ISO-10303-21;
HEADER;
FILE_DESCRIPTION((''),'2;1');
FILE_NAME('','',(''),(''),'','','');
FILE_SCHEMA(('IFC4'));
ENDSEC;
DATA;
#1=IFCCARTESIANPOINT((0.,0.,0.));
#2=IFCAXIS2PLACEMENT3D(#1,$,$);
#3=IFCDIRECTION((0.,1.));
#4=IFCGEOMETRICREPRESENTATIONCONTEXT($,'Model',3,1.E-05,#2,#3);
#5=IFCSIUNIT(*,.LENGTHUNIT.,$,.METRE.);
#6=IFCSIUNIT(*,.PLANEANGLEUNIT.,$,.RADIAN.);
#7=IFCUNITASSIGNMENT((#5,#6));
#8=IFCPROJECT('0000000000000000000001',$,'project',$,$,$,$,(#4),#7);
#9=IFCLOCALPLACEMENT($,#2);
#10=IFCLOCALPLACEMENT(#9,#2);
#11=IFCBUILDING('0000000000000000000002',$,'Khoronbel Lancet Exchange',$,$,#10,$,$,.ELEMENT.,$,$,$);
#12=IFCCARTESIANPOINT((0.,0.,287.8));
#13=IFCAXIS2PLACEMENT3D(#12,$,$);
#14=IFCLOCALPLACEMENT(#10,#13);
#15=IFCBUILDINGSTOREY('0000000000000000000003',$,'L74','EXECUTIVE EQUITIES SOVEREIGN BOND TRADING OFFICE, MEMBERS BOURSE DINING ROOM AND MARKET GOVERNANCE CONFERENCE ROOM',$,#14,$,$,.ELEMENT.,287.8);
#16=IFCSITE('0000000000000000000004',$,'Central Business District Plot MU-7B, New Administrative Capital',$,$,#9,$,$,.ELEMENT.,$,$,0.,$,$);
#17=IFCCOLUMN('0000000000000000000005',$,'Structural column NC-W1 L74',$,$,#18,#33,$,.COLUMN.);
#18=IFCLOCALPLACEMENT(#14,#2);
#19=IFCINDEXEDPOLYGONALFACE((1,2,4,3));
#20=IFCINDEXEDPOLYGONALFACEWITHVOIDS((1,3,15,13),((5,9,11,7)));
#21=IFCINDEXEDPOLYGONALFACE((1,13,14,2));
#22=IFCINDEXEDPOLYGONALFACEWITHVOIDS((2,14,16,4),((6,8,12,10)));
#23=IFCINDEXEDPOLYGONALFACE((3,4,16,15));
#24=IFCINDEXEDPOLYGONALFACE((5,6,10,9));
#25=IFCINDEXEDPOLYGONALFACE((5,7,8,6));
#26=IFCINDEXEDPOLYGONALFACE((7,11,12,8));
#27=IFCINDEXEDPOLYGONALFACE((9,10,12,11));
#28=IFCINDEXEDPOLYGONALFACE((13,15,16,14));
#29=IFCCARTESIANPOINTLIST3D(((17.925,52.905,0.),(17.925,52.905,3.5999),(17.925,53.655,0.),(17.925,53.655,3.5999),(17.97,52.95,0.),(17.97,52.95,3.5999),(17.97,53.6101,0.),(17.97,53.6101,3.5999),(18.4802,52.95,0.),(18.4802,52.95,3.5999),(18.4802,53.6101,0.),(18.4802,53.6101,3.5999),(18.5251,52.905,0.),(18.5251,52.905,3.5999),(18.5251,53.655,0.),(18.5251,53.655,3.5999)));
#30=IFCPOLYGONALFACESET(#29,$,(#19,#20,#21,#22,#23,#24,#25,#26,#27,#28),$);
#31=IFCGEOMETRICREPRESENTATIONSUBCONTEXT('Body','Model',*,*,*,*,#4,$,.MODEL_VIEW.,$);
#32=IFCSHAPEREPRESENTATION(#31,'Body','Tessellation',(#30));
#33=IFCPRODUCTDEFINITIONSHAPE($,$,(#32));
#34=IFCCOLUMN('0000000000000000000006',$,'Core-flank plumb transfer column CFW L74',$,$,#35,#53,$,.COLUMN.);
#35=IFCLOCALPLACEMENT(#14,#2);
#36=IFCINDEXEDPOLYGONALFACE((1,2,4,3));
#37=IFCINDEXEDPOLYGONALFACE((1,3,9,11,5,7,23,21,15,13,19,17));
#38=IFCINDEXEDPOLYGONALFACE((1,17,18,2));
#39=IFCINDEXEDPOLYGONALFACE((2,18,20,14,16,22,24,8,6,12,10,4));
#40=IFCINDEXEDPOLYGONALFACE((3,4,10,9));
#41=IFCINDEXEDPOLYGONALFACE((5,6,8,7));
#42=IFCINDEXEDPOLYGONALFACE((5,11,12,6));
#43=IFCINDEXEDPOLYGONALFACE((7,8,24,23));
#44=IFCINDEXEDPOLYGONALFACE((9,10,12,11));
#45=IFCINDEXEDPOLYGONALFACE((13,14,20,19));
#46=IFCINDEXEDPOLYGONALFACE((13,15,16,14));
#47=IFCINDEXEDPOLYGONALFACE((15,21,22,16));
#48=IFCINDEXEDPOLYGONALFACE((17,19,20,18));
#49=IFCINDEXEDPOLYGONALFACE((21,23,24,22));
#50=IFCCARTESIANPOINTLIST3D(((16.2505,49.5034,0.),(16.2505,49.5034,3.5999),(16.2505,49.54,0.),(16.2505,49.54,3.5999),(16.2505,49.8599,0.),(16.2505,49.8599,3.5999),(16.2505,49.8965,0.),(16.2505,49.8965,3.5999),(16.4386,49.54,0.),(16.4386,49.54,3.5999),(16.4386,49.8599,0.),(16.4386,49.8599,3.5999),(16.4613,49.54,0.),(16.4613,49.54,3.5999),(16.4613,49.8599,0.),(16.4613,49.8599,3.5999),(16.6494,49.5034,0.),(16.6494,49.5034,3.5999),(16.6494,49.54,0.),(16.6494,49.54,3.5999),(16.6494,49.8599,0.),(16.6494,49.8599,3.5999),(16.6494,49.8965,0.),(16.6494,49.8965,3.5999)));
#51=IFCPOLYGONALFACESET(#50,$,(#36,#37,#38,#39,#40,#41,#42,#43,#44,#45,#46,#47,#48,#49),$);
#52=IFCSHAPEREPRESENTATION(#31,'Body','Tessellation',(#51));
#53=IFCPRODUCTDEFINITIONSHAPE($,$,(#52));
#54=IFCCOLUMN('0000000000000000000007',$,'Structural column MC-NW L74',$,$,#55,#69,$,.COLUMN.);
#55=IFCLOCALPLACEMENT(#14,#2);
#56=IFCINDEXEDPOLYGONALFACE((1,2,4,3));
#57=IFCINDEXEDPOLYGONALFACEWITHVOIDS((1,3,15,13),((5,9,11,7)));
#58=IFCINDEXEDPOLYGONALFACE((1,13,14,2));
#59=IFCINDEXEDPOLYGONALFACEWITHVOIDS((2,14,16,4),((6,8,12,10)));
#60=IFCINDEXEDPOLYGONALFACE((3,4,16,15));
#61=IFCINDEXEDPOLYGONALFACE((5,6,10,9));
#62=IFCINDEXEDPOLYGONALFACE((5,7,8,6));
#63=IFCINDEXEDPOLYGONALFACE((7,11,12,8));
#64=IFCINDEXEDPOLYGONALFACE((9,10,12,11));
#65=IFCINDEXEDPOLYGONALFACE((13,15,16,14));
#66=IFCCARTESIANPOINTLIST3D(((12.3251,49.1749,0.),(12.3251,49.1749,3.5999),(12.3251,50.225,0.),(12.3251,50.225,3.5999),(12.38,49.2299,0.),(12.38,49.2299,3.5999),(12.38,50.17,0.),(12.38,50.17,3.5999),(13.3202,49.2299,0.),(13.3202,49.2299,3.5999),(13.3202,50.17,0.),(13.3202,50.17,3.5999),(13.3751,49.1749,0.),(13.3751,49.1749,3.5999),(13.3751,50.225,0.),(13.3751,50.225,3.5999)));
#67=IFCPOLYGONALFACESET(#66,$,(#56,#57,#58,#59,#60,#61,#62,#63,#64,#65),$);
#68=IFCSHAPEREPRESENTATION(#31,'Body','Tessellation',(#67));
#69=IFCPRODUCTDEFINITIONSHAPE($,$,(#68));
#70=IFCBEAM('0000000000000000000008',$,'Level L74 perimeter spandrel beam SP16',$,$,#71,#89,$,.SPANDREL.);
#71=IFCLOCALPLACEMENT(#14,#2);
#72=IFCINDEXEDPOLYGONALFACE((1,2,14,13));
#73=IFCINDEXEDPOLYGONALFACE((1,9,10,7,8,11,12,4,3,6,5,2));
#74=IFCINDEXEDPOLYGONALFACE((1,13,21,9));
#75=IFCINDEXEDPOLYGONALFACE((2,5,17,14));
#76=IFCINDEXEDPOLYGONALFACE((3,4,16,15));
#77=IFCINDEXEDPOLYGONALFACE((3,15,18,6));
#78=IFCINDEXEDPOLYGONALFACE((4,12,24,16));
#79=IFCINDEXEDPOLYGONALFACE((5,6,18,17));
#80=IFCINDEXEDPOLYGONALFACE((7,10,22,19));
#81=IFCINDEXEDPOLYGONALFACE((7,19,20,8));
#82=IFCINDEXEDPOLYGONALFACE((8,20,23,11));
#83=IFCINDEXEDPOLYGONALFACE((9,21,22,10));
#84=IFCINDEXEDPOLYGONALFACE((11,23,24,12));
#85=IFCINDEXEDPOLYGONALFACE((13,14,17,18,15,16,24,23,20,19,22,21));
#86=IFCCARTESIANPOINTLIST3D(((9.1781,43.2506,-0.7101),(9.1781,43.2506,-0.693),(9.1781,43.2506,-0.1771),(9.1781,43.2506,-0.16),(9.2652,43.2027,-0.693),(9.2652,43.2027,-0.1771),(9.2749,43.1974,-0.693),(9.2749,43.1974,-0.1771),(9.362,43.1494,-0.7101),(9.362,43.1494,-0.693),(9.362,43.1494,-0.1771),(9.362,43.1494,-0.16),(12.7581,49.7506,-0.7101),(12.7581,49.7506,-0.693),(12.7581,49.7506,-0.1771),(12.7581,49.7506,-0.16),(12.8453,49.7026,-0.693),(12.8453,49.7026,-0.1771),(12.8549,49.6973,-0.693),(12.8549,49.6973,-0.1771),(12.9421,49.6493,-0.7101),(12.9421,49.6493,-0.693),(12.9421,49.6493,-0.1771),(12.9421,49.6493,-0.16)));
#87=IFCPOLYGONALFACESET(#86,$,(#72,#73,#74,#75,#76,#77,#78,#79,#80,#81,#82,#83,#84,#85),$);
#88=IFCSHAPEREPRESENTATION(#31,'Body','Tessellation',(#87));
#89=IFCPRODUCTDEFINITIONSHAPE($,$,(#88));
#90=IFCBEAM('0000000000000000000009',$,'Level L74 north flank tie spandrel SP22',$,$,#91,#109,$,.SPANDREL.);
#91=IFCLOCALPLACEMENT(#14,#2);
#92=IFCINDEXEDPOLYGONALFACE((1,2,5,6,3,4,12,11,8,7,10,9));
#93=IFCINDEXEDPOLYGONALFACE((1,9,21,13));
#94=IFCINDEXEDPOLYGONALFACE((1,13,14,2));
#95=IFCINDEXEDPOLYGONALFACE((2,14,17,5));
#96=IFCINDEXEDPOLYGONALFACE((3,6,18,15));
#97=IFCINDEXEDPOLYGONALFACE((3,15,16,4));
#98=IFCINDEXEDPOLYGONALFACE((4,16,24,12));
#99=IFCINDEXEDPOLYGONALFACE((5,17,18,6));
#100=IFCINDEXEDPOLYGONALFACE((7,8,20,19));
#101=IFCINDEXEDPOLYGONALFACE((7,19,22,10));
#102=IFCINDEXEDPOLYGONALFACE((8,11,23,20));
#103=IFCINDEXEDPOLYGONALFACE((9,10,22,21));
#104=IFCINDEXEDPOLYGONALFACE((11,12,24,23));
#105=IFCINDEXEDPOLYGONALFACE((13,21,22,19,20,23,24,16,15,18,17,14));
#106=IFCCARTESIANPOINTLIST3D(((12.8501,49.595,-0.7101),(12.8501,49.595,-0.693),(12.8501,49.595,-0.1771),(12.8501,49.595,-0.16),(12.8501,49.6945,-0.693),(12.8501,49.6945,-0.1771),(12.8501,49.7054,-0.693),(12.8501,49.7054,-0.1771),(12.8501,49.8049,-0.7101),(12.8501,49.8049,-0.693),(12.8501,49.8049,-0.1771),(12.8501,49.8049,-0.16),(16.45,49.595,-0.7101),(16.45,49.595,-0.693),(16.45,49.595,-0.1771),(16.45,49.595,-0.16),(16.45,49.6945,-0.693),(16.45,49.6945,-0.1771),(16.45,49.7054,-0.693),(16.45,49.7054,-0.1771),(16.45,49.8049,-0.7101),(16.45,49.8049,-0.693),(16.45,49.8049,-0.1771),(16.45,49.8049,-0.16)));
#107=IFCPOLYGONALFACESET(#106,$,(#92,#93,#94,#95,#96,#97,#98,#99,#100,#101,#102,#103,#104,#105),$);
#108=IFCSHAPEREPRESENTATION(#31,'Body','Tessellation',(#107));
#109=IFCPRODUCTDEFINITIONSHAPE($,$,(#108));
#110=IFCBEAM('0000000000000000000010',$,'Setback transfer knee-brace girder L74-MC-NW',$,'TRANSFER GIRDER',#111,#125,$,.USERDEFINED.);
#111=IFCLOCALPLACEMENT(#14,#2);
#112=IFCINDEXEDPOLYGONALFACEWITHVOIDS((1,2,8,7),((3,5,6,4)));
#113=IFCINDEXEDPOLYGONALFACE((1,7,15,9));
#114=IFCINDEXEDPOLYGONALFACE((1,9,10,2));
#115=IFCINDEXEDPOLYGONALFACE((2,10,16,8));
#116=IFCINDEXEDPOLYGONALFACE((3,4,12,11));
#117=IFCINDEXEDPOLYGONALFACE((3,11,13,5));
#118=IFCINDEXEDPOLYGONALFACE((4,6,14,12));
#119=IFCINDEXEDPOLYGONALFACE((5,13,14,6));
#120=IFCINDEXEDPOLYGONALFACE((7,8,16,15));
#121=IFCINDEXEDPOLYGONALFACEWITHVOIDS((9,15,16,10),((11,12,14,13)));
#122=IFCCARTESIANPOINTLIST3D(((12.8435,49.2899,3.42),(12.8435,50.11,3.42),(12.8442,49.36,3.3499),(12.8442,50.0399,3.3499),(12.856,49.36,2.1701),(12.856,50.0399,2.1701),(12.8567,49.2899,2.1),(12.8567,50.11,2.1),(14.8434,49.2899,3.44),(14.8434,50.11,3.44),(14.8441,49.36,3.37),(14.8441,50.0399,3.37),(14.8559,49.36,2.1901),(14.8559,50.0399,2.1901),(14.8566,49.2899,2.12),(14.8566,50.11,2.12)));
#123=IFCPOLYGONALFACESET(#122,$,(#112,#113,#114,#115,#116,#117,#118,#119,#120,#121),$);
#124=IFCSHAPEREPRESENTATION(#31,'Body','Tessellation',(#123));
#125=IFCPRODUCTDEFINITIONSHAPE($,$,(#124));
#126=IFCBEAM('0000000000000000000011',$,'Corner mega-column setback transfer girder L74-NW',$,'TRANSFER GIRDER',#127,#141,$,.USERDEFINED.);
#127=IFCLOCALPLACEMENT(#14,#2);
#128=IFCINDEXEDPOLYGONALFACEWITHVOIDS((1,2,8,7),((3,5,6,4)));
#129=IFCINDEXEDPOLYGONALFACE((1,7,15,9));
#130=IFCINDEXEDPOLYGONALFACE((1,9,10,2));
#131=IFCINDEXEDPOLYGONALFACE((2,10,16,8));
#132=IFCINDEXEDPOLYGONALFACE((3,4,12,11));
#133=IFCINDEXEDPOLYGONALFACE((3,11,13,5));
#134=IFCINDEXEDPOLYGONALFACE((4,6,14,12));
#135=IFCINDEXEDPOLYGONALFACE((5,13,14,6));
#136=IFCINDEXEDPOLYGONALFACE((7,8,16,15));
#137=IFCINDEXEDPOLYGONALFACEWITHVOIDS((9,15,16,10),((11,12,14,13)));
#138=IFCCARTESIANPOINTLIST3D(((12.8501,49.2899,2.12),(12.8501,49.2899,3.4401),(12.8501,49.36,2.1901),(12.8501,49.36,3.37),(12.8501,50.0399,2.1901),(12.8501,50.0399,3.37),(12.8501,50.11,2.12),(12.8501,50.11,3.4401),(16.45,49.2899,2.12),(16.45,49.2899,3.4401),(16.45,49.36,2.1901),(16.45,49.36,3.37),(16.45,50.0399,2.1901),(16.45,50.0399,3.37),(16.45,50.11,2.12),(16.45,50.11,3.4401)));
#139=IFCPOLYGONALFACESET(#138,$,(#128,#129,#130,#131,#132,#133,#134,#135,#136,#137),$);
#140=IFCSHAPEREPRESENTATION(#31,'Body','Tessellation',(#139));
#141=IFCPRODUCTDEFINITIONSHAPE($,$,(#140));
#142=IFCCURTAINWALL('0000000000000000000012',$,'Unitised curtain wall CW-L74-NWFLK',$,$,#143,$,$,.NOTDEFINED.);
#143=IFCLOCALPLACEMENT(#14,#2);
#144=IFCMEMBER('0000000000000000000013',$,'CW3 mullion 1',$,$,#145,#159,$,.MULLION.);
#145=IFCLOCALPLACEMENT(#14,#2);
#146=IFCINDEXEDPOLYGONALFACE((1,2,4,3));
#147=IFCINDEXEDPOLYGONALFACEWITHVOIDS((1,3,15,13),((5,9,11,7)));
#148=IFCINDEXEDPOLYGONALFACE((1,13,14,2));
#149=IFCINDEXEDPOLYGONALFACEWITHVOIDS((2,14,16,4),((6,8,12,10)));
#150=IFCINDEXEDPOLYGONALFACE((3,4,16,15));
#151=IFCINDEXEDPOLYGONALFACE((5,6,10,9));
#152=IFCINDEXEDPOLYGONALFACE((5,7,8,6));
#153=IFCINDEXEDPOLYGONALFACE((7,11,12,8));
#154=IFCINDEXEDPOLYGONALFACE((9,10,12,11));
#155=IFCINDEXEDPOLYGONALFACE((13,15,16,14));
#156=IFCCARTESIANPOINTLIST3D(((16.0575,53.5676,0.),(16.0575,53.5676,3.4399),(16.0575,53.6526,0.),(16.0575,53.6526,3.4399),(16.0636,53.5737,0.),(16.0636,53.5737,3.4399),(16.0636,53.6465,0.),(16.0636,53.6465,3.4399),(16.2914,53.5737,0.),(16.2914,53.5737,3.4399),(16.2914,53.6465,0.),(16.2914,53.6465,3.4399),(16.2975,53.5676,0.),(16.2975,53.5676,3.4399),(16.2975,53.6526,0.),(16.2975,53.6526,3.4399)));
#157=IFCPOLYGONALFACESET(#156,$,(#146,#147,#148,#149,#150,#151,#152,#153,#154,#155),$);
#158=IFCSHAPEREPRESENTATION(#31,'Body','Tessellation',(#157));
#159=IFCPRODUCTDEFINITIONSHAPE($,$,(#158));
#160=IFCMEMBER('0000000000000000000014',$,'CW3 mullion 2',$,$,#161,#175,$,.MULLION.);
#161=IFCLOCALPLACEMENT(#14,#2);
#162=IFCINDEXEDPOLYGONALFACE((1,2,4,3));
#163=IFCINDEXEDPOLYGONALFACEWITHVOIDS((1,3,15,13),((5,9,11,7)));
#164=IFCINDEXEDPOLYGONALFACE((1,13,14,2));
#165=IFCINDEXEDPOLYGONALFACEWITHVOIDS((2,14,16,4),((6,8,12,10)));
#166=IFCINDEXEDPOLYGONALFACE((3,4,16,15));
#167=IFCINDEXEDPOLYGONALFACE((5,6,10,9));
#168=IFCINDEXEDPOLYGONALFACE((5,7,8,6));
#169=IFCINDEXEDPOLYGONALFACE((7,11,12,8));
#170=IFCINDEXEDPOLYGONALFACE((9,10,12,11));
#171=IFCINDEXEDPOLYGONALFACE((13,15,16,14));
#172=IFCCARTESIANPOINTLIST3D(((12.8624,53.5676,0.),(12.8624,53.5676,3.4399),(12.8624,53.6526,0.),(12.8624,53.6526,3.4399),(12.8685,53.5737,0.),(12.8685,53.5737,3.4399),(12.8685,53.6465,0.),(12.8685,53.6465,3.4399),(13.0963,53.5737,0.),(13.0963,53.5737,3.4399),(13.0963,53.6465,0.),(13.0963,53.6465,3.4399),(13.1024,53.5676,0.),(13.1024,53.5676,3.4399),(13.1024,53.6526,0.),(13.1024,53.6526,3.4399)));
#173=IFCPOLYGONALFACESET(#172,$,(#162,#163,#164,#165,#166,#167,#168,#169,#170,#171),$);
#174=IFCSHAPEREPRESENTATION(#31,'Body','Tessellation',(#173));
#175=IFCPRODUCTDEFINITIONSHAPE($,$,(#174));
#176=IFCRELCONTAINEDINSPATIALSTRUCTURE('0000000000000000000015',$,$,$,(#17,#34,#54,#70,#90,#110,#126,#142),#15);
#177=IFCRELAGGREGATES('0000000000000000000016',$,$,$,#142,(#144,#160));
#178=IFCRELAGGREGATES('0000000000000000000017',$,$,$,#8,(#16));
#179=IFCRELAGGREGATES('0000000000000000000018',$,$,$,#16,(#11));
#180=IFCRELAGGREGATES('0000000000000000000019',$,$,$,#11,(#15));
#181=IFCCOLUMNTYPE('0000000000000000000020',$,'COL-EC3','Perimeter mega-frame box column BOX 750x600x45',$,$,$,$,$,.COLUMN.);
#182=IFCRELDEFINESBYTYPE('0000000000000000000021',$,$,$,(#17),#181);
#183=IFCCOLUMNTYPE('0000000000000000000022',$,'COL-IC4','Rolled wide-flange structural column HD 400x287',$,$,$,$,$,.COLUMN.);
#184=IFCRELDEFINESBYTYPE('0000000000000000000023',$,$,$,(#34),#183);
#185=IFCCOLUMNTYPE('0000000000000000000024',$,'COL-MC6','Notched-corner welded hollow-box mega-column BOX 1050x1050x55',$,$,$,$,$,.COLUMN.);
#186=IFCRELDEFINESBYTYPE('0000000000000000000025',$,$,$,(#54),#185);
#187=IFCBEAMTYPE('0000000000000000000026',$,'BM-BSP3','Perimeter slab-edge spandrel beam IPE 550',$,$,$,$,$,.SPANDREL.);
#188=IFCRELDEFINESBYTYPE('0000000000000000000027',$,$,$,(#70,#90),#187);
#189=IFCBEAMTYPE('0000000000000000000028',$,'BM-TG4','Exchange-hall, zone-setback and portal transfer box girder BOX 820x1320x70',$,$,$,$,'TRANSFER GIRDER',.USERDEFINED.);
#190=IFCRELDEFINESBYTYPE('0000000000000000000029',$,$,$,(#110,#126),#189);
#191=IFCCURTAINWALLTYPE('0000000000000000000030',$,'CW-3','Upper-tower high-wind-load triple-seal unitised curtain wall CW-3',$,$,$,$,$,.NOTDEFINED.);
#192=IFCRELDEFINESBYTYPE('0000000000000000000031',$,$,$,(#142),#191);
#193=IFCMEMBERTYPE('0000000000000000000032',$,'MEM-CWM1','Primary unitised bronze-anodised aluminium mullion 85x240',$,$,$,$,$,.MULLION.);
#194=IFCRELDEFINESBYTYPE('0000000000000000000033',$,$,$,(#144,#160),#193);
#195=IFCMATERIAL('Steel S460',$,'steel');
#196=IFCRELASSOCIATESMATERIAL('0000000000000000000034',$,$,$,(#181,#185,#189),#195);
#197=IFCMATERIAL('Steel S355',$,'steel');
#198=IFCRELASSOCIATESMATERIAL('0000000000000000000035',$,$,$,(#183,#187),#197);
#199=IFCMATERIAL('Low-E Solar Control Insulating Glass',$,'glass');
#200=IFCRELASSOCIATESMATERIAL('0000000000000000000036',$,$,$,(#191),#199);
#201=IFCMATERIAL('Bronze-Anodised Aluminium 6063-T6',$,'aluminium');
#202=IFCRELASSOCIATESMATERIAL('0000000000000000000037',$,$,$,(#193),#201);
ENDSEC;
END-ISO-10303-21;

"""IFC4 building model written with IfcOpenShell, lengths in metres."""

from ifc_helpers import new_model, si_unit, direction, frame, origin, origin_2d, place, context, subcontext, project, spatial, hollow_rectangle, i_section, extrude, material, material_profile, profile_set, type_object, element, aggregate, save


model = new_model("IFC4")

# Units and contexts
model_context = context("Model", 3, precision=1e-05, world=origin(), true_north=direction((0.0, 1.0)))
body_context = subcontext(model_context, "Body", "Model", "MODEL_VIEW")
ifc_project = project(units=[si_unit("LENGTHUNIT", "METRE"), si_unit("PLANEANGLEUNIT", "RADIAN")], contexts=[model_context])

# Site, building, storey
site_placement = place(None, origin())
site = spatial("IfcSite", under=ifc_project, at=site_placement, Name="Central Business District Plot MU-7B, New Administrative Capital", CompositionType="ELEMENT", RefElevation=0.0)
building_placement = place(site_placement, origin())
building = spatial("IfcBuilding", under=site, at=building_placement, Name="Khoronbel Lancet Exchange", CompositionType="ELEMENT")
storey_placement = place(building_placement, frame((0.0, 0.0, 287.8)))
storey = spatial("IfcBuildingStorey", under=building, at=storey_placement, Name="L74", Description="EXECUTIVE EQUITIES SOVEREIGN BOND TRADING OFFICE, MEMBERS BOURSE DINING ROOM AND MARKET GOVERNANCE CONFERENCE ROOM", CompositionType="ELEMENT", Elevation=287.8)

# Columns
ifc_material_1 = material(Name="Steel S460", Category="steel")
ifc_material_profile_1 = material_profile(ifc_material_1, hollow_rectangle(XDim=0.6001, YDim=0.75, WallThickness=0.0449, at=origin_2d()), Name="BOX 750x600x45")
ifc_profile_set_1 = profile_set([ifc_material_profile_1], Name="Steel S460")
column_type_1 = type_object("IfcColumnType", Name="COL-EC3", Description="Perimeter mega-frame box column BOX 750x600x45", PredefinedType="COLUMN", material=ifc_profile_set_1)
column_1_placement = place(storey_placement, frame((18.2251, 53.28, 0.0), z_axis=(0.0, 0.0, 1.0), x_axis=(1.0, 0.0, 0.0)))
element("IfcColumn", 1, at=column_1_placement, inside=storey, type_object=column_type_1, Name="Structural column NC-W1 L74", PredefinedType="COLUMN", context=body_context, shape_type="SweptSolid", body=[
    extrude(hollow_rectangle(XDim=0.6001, YDim=0.75, WallThickness=0.0449, at=origin_2d()), origin(), (0.0, 0.0, 1.0), 3.5999),
])
ifc_material_2 = material(Name="Steel S355", Category="steel")
ifc_material_profile_2 = material_profile(ifc_material_2, i_section(OverallWidth=0.3989, OverallDepth=0.3931, WebThickness=0.0227, FlangeThickness=0.0366, at=origin_2d()), Name="HD 400x287")
ifc_profile_set_2 = profile_set([ifc_material_profile_2], Name="Steel S355")
column_type_2 = type_object("IfcColumnType", Name="COL-IC4", Description="Rolled wide-flange structural column HD 400x287", PredefinedType="COLUMN", material=ifc_profile_set_2)
column_2_placement = place(storey_placement, frame((16.45, 49.7, 0.0), z_axis=(0.0, 0.0, 1.0), x_axis=(1.0, 0.0, 0.0)))
element("IfcColumn", 2, at=column_2_placement, inside=storey, type_object=column_type_2, Name="Core-flank plumb transfer column CFW L74", PredefinedType="COLUMN", context=body_context, shape_type="SweptSolid", body=[
    extrude(i_section(OverallWidth=0.3989, OverallDepth=0.3931, WebThickness=0.0227, FlangeThickness=0.0366, at=origin_2d()), origin(), (0.0, 0.0, 1.0), 3.5999),
])
ifc_material_profile_3 = material_profile(ifc_material_1, hollow_rectangle(XDim=1.05, YDim=1.05, WallThickness=0.0549, at=origin_2d()), Name="BOX 1050x1050x55")
ifc_profile_set_3 = profile_set([ifc_material_profile_3], Name="Steel S460")
column_type_3 = type_object("IfcColumnType", Name="COL-MC6", Description="Notched-corner welded hollow-box mega-column BOX 1050x1050x55", PredefinedType="COLUMN", material=ifc_profile_set_3)
column_3_placement = place(storey_placement, frame((12.8501, 49.7, 0.0), z_axis=(0.0, 0.0, 1.0), x_axis=(1.0, 0.0, 0.0)))
element("IfcColumn", 3, at=column_3_placement, inside=storey, type_object=column_type_3, Name="Structural column MC-NW L74", PredefinedType="COLUMN", context=body_context, shape_type="SweptSolid", body=[
    extrude(hollow_rectangle(XDim=1.05, YDim=1.05, WallThickness=0.0549, at=origin_2d()), origin(), (0.0, 0.0, 1.0), 3.5999),
])

# Beams
ifc_material_profile_4 = material_profile(ifc_material_2, i_section(OverallWidth=0.21, OverallDepth=0.55, WebThickness=0.011, FlangeThickness=0.0171, at=origin_2d()), Name="IPE 550")
ifc_profile_set_4 = profile_set([ifc_material_profile_4], Name="Steel S355")
beam_type_1 = type_object("IfcBeamType", Name="BM-BSP3", Description="Perimeter slab-edge spandrel beam IPE 550", PredefinedType="SPANDREL", material=ifc_profile_set_4)
beam_1_placement = place(storey_placement, frame((12.8501, 49.7, -0.4351), z_axis=(-0.482444, -0.875927, 0.0), x_axis=(0.875927, -0.482444, 0.0)))
element("IfcBeam", 4, at=beam_1_placement, inside=storey, type_object=beam_type_1, Name="Level L74 perimeter spandrel beam SP16", PredefinedType="SPANDREL", context=body_context, shape_type="SweptSolid", body=[
    extrude(i_section(OverallWidth=0.21, OverallDepth=0.55, WebThickness=0.011, FlangeThickness=0.0171, at=origin_2d()), origin(), (0.0, 0.0, 1.0), 7.4207),
])
beam_2_placement = place(storey_placement, frame((12.8501, 49.7, -0.4351), z_axis=(1.0, 0.0, 0.0), x_axis=(0.0, 1.0, 0.0)))
element("IfcBeam", 5, at=beam_2_placement, inside=storey, type_object=beam_type_1, Name="Level L74 north flank tie spandrel SP22", PredefinedType="SPANDREL", context=body_context, shape_type="SweptSolid", body=[
    extrude(i_section(OverallWidth=0.21, OverallDepth=0.55, WebThickness=0.011, FlangeThickness=0.0171, at=origin_2d()), origin(), (0.0, 0.0, 1.0), 3.5999),
])
ifc_material_profile_5 = material_profile(ifc_material_1, hollow_rectangle(XDim=0.8201, YDim=1.3201, WallThickness=0.0701, at=origin_2d()), Name="BOX 820x1320x70")
ifc_profile_set_5 = profile_set([ifc_material_profile_5], Name="Steel S460")
beam_type_2 = type_object("IfcBeamType", Name="BM-TG4", Description="Exchange-hall, zone-setback and portal transfer box girder BOX 820x1320x70", ElementType="TRANSFER GIRDER", PredefinedType="USERDEFINED", material=ifc_profile_set_5)
beam_3_placement = place(storey_placement, frame((12.8501, 49.7, 2.76), z_axis=(0.99995, 0.0, 0.010009), x_axis=(0.0, 1.0, 0.0)))
element("IfcBeam", 6, at=beam_3_placement, inside=storey, type_object=beam_type_2, Name="Setback transfer knee-brace girder L74-MC-NW", ObjectType="TRANSFER GIRDER", PredefinedType="USERDEFINED", context=body_context, shape_type="SweptSolid", body=[
    extrude(hollow_rectangle(XDim=0.8201, YDim=1.3201, WallThickness=0.0701, at=origin_2d()), origin(), (0.0, 0.0, 1.0), 2.0),
])
beam_4_placement = place(storey_placement, frame((12.8501, 49.7, 2.78), z_axis=(1.0, 0.0, 0.0), x_axis=(0.0, 1.0, 0.0)))
element("IfcBeam", 7, at=beam_4_placement, inside=storey, type_object=beam_type_2, Name="Corner mega-column setback transfer girder L74-NW", ObjectType="TRANSFER GIRDER", PredefinedType="USERDEFINED", context=body_context, shape_type="SweptSolid", body=[
    extrude(hollow_rectangle(XDim=0.8201, YDim=1.3201, WallThickness=0.0701, at=origin_2d()), origin(), (0.0, 0.0, 1.0), 3.5999),
])

# Curtain wall, members
ifc_material_3 = material(Name="Low-E Solar Control Insulating Glass", Category="glass")
curtain_wall_type_1 = type_object("IfcCurtainWallType", Name="CW-3", Description="Upper-tower high-wind-load triple-seal unitised curtain wall CW-3", PredefinedType="NOTDEFINED", material=ifc_material_3)
curtain_wall_1_placement = place(storey_placement, origin())
curtain_wall_1 = element("IfcCurtainWall", 8, at=curtain_wall_1_placement, inside=storey, type_object=curtain_wall_type_1, Name="Unitised curtain wall CW-L74-NWFLK", PredefinedType="NOTDEFINED")
ifc_material_4 = material(Name="Bronze-Anodised Aluminium 6063-T6", Category="aluminium")
ifc_material_profile_6 = material_profile(ifc_material_4, hollow_rectangle(XDim=0.085, YDim=0.24, WallThickness=0.0061, at=origin_2d()), Name="ALU MULLION 85x240")
ifc_profile_set_6 = profile_set([ifc_material_profile_6], Name="Bronze-Anodised Aluminium 6063-T6")
member_type_1 = type_object("IfcMemberType", Name="MEM-CWM1", Description="Primary unitised bronze-anodised aluminium mullion 85x240", PredefinedType="MULLION", material=ifc_profile_set_6)
member_1_placement = place(storey_placement, frame((16.1775, 53.6101, 0.0), z_axis=(0.0, 0.0, 1.0), x_axis=(0.0, -1.0, 0.0)))
member_1 = element("IfcMember", 9, at=member_1_placement, type_object=member_type_1, Name="CW3 mullion 1", PredefinedType="MULLION", context=body_context, shape_type="SweptSolid", body=[
    extrude(hollow_rectangle(XDim=0.085, YDim=0.24, WallThickness=0.0061, at=origin_2d()), origin(), (0.0, 0.0, 1.0), 3.4399),
])
member_2_placement = place(storey_placement, frame((12.9824, 53.6101, 0.0), z_axis=(0.0, 0.0, 1.0), x_axis=(0.0, -1.0, 0.0)))
member_2 = element("IfcMember", 10, at=member_2_placement, type_object=member_type_1, Name="CW3 mullion 2", PredefinedType="MULLION", context=body_context, shape_type="SweptSolid", body=[
    extrude(hollow_rectangle(XDim=0.085, YDim=0.24, WallThickness=0.0061, at=origin_2d()), origin(), (0.0, 0.0, 1.0), 3.4399),
])

aggregate(curtain_wall_1, [member_1, member_2])

save(model, "model.ifc")
